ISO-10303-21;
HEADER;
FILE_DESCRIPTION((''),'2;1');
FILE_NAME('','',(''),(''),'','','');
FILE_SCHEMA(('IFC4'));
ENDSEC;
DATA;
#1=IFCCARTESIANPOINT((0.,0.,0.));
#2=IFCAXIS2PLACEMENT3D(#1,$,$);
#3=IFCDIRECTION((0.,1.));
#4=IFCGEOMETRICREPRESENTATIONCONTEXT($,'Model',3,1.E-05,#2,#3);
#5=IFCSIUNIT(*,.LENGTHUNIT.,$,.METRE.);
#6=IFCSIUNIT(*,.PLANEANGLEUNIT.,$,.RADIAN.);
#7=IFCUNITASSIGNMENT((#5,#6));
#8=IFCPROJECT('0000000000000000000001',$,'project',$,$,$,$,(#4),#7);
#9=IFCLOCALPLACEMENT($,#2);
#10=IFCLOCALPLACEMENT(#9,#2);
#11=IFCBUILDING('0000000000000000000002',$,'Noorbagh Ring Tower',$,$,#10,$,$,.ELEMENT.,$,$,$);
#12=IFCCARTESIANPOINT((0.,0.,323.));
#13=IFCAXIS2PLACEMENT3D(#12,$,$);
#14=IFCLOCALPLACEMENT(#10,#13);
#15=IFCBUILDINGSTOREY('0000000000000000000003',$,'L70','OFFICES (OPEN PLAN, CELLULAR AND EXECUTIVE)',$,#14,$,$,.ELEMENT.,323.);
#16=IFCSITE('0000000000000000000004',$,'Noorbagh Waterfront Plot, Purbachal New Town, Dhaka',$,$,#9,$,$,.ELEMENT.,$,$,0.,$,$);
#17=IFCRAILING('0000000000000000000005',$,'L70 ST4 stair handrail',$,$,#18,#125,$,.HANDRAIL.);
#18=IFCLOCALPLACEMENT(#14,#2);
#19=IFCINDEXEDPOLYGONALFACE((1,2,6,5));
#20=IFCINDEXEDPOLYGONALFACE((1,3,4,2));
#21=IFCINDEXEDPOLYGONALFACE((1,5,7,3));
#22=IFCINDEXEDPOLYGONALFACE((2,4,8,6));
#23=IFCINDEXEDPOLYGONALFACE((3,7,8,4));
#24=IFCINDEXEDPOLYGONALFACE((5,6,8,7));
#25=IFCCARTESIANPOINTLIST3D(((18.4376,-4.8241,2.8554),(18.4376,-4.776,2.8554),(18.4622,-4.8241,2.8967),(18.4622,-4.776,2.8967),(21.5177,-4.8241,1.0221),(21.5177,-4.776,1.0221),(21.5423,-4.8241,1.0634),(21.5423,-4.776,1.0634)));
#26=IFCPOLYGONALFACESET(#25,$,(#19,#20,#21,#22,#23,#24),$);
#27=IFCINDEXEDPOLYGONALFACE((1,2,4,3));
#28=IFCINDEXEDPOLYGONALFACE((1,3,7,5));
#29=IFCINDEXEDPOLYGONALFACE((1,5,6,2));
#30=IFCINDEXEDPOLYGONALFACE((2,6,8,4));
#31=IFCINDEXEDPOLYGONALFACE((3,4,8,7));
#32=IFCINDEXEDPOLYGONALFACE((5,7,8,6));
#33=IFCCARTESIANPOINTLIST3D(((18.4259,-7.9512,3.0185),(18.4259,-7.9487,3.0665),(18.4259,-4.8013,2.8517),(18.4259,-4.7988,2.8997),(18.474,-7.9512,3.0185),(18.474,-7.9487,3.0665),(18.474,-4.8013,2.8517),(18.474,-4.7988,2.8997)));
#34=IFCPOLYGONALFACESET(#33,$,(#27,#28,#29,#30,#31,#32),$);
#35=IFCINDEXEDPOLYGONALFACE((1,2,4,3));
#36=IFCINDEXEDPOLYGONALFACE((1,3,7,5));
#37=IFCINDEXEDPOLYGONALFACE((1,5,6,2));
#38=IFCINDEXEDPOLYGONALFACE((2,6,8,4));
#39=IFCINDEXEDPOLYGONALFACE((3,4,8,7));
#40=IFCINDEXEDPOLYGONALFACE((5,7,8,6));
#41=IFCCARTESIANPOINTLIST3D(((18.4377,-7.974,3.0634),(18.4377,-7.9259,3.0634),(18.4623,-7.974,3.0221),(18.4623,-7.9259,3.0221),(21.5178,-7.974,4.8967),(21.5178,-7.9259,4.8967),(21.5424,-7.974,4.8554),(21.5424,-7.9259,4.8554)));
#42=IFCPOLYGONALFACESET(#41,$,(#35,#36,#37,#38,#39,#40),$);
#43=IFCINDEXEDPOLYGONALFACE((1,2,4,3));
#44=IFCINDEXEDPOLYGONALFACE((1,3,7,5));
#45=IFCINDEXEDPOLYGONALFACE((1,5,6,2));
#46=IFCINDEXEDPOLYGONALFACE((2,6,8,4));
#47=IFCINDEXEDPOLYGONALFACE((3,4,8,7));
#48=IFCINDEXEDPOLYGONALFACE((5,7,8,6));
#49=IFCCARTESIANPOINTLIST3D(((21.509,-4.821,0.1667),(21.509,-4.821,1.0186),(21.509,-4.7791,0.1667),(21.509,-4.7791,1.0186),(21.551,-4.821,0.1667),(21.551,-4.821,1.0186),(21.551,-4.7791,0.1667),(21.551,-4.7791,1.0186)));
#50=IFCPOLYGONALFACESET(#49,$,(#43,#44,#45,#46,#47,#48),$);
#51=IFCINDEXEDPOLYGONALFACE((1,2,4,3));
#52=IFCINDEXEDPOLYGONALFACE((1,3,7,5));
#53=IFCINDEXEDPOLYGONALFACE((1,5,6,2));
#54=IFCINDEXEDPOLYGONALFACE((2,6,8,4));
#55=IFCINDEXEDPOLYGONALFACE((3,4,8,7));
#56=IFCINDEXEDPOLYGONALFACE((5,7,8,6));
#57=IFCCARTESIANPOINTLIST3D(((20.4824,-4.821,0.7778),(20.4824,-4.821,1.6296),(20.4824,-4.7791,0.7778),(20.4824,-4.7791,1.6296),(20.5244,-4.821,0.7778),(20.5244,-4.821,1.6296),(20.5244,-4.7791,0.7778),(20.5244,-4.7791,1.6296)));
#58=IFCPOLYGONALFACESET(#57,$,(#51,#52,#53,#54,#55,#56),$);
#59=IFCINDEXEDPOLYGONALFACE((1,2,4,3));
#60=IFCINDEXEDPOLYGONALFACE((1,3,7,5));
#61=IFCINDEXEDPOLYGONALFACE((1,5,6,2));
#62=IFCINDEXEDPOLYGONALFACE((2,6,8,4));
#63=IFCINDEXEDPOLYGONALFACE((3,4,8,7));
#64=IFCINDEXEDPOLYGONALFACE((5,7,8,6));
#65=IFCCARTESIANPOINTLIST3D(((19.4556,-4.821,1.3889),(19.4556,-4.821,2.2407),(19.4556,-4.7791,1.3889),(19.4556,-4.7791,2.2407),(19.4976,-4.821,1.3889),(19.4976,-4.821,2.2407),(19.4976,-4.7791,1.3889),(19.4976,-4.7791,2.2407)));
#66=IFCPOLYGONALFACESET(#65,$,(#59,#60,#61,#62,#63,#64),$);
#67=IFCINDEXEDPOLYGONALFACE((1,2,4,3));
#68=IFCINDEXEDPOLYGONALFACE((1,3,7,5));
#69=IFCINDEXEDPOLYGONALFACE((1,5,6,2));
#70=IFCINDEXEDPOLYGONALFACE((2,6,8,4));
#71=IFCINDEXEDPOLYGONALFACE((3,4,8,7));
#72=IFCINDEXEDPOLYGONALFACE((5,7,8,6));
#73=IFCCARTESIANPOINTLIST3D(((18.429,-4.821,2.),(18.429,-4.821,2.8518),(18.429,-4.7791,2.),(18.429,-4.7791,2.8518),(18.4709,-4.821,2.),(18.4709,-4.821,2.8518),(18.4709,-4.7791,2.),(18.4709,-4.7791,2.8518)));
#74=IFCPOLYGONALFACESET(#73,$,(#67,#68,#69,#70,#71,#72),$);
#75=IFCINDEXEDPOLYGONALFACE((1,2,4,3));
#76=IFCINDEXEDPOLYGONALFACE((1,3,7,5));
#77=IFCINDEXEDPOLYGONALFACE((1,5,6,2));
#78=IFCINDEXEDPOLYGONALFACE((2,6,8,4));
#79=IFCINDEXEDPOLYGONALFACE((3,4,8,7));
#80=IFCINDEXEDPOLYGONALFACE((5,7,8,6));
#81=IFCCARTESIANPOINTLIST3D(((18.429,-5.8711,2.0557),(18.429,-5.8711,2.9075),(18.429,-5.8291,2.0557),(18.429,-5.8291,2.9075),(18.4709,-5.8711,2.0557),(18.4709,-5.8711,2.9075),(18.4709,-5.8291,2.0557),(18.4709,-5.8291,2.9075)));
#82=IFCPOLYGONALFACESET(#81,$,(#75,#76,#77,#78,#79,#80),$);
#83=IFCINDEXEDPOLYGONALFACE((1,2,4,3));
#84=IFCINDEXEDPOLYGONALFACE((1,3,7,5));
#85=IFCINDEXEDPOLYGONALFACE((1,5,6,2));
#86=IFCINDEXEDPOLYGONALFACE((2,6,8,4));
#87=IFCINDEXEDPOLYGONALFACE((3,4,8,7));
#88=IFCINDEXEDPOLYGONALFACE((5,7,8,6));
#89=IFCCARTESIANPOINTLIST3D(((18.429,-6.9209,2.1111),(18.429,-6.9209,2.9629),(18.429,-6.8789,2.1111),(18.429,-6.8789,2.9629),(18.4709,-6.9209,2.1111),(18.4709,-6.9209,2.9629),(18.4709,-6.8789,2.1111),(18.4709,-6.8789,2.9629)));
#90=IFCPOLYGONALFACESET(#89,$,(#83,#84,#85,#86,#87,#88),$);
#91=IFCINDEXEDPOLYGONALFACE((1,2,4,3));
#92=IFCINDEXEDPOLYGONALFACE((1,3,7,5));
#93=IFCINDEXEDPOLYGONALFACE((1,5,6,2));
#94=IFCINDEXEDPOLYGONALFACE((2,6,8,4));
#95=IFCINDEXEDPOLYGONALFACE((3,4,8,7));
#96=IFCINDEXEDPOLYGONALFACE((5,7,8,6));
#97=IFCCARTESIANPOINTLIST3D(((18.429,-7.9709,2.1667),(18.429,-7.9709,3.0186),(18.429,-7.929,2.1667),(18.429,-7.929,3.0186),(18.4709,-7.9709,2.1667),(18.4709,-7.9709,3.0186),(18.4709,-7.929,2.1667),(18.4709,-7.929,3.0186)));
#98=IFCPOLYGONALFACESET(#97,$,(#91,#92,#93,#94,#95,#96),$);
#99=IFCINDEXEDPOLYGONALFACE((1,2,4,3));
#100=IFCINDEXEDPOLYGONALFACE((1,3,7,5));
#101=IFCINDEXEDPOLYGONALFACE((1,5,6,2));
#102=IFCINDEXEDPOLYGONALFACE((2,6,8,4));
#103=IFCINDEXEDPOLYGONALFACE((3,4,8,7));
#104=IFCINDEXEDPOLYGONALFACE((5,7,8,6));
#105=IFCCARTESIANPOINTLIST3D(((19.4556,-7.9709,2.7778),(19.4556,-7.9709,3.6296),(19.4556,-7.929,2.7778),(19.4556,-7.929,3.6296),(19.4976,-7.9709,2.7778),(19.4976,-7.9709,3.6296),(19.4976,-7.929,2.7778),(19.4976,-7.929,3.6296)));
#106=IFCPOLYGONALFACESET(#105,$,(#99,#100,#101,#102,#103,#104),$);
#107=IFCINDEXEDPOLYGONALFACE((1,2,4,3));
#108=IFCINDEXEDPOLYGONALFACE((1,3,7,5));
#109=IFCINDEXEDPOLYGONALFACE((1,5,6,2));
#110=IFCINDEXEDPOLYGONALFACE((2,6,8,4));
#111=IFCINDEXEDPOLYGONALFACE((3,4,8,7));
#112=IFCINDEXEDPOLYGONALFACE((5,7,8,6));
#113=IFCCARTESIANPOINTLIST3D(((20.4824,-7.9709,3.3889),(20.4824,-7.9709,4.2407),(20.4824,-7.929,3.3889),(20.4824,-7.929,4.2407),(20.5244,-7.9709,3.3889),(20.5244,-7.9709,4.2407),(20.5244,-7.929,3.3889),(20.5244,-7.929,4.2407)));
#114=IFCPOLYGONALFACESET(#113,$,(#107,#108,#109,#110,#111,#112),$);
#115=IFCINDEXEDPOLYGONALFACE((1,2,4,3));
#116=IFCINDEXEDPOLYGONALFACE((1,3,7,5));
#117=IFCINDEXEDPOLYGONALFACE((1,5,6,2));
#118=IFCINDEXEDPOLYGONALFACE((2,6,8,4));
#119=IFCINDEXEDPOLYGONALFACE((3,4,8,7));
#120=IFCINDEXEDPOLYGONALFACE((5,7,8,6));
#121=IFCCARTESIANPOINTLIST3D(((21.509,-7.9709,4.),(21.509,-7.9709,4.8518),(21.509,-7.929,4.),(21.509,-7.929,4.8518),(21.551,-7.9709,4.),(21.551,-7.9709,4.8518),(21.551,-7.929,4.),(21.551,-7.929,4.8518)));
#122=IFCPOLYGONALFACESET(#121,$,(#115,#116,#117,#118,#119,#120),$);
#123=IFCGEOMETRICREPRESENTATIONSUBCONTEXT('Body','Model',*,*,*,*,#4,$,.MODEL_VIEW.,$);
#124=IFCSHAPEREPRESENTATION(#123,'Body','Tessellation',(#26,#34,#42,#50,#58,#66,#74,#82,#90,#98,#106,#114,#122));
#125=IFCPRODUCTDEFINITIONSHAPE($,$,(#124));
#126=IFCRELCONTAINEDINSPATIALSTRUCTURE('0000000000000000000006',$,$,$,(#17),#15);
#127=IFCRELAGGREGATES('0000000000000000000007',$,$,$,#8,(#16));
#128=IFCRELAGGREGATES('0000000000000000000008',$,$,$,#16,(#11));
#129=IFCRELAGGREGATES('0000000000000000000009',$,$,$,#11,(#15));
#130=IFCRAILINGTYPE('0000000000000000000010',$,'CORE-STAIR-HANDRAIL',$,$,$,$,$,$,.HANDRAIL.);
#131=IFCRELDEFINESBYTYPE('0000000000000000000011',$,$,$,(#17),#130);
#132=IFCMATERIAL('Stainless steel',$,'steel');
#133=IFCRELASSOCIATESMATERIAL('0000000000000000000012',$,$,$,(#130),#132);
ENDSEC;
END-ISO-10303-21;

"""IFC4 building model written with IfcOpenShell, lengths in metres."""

from ifc_helpers import new_model, si_unit, direction, frame, origin, origin_2d, place, context, subcontext, project, spatial, rectangle, extrude, material, type_object, element, save


model = new_model("IFC4")

# Units and contexts
model_context = context("Model", 3, precision=1e-05, world=origin(), true_north=direction((0.0, 1.0)))
body_context = subcontext(model_context, "Body", "Model", "MODEL_VIEW")
ifc_project = project(units=[si_unit("LENGTHUNIT", "METRE"), si_unit("PLANEANGLEUNIT", "RADIAN")], contexts=[model_context])

# Site, building, storey
site_placement = place(None, origin())
site = spatial("IfcSite", under=ifc_project, at=site_placement, Name="Noorbagh Waterfront Plot, Purbachal New Town, Dhaka", CompositionType="ELEMENT", RefElevation=0.0)
building_placement = place(site_placement, origin())
building = spatial("IfcBuilding", under=site, at=building_placement, Name="Noorbagh Ring Tower", CompositionType="ELEMENT")
storey_placement = place(building_placement, frame((0.0, 0.0, 323.0)))
storey = spatial("IfcBuildingStorey", under=building, at=storey_placement, Name="L70", Description="OFFICES (OPEN PLAN, CELLULAR AND EXECUTIVE)", CompositionType="ELEMENT", Elevation=323.0)

# Railing
ifc_material_1 = material(Name="Stainless steel", Category="steel")
railing_type_1 = type_object("IfcRailingType", Name="CORE-STAIR-HANDRAIL", PredefinedType="HANDRAIL", material=ifc_material_1)
railing_1_placement = place(storey_placement, frame((21.53, -4.8, 0.1667)))
element("IfcRailing", 1, at=railing_1_placement, inside=storey, type_object=railing_type_1, Name="L70 ST4 stair handrail", PredefinedType="HANDRAIL", context=body_context, shape_type="SweptSolid", body=[
    extrude(rectangle(XDim=0.0481, YDim=0.0481, at=origin_2d()), frame((0.0, 0.0, 0.876), z_axis=(-0.859309, 0.0, 0.511458), x_axis=(0.0, -1.0, 0.0)), (0.0, 0.0, 1.0), 3.5845),
    extrude(rectangle(XDim=0.0481, YDim=0.0481, at=origin_2d()), frame((-3.0801, 0.0, 2.709), z_axis=(0.0, -0.998602, 0.052864), x_axis=(1.0, 0.0, 0.0)), (0.0, 0.0, 1.0), 3.1543),
    extrude(rectangle(XDim=0.0481, YDim=0.0481, at=origin_2d()), frame((-3.0801, -3.1499, 2.876), z_axis=(0.859309, 0.0, 0.511458), x_axis=(0.0, 1.0, 0.0)), (0.0, 0.0, 1.0), 3.5845),
    extrude(rectangle(XDim=0.042, YDim=0.042, at=origin_2d()), origin(), (0.0, 0.0, 1.0), 0.8518),
    extrude(rectangle(XDim=0.042, YDim=0.042, at=origin_2d()), frame((-1.0266, 0.0, 0.6111)), (0.0, 0.0, 1.0), 0.8518),
    extrude(rectangle(XDim=0.042, YDim=0.042, at=origin_2d()), frame((-2.0535, 0.0, 1.2222)), (0.0, 0.0, 1.0), 0.8518),
    extrude(rectangle(XDim=0.042, YDim=0.042, at=origin_2d()), frame((-3.0801, 0.0, 1.8333)), (0.0, 0.0, 1.0), 0.8518),
    extrude(rectangle(XDim=0.042, YDim=0.042, at=origin_2d()), frame((-3.0801, -1.05, 1.8889)), (0.0, 0.0, 1.0), 0.8518),
    extrude(rectangle(XDim=0.042, YDim=0.042, at=origin_2d()), frame((-3.0801, -2.0999, 1.9443)), (0.0, 0.0, 1.0), 0.8518),
    extrude(rectangle(XDim=0.042, YDim=0.042, at=origin_2d()), frame((-3.0801, -3.1499, 2.0)), (0.0, 0.0, 1.0), 0.8518),
    extrude(rectangle(XDim=0.042, YDim=0.042, at=origin_2d()), frame((-2.0535, -3.1499, 2.6111)), (0.0, 0.0, 1.0), 0.8518),
    extrude(rectangle(XDim=0.042, YDim=0.042, at=origin_2d()), frame((-1.0266, -3.1499, 3.2222)), (0.0, 0.0, 1.0), 0.8518),
    extrude(rectangle(XDim=0.042, YDim=0.042, at=origin_2d()), frame((0.0, -3.1499, 3.8333)), (0.0, 0.0, 1.0), 0.8518),
])

save(model, "model.ifc")
